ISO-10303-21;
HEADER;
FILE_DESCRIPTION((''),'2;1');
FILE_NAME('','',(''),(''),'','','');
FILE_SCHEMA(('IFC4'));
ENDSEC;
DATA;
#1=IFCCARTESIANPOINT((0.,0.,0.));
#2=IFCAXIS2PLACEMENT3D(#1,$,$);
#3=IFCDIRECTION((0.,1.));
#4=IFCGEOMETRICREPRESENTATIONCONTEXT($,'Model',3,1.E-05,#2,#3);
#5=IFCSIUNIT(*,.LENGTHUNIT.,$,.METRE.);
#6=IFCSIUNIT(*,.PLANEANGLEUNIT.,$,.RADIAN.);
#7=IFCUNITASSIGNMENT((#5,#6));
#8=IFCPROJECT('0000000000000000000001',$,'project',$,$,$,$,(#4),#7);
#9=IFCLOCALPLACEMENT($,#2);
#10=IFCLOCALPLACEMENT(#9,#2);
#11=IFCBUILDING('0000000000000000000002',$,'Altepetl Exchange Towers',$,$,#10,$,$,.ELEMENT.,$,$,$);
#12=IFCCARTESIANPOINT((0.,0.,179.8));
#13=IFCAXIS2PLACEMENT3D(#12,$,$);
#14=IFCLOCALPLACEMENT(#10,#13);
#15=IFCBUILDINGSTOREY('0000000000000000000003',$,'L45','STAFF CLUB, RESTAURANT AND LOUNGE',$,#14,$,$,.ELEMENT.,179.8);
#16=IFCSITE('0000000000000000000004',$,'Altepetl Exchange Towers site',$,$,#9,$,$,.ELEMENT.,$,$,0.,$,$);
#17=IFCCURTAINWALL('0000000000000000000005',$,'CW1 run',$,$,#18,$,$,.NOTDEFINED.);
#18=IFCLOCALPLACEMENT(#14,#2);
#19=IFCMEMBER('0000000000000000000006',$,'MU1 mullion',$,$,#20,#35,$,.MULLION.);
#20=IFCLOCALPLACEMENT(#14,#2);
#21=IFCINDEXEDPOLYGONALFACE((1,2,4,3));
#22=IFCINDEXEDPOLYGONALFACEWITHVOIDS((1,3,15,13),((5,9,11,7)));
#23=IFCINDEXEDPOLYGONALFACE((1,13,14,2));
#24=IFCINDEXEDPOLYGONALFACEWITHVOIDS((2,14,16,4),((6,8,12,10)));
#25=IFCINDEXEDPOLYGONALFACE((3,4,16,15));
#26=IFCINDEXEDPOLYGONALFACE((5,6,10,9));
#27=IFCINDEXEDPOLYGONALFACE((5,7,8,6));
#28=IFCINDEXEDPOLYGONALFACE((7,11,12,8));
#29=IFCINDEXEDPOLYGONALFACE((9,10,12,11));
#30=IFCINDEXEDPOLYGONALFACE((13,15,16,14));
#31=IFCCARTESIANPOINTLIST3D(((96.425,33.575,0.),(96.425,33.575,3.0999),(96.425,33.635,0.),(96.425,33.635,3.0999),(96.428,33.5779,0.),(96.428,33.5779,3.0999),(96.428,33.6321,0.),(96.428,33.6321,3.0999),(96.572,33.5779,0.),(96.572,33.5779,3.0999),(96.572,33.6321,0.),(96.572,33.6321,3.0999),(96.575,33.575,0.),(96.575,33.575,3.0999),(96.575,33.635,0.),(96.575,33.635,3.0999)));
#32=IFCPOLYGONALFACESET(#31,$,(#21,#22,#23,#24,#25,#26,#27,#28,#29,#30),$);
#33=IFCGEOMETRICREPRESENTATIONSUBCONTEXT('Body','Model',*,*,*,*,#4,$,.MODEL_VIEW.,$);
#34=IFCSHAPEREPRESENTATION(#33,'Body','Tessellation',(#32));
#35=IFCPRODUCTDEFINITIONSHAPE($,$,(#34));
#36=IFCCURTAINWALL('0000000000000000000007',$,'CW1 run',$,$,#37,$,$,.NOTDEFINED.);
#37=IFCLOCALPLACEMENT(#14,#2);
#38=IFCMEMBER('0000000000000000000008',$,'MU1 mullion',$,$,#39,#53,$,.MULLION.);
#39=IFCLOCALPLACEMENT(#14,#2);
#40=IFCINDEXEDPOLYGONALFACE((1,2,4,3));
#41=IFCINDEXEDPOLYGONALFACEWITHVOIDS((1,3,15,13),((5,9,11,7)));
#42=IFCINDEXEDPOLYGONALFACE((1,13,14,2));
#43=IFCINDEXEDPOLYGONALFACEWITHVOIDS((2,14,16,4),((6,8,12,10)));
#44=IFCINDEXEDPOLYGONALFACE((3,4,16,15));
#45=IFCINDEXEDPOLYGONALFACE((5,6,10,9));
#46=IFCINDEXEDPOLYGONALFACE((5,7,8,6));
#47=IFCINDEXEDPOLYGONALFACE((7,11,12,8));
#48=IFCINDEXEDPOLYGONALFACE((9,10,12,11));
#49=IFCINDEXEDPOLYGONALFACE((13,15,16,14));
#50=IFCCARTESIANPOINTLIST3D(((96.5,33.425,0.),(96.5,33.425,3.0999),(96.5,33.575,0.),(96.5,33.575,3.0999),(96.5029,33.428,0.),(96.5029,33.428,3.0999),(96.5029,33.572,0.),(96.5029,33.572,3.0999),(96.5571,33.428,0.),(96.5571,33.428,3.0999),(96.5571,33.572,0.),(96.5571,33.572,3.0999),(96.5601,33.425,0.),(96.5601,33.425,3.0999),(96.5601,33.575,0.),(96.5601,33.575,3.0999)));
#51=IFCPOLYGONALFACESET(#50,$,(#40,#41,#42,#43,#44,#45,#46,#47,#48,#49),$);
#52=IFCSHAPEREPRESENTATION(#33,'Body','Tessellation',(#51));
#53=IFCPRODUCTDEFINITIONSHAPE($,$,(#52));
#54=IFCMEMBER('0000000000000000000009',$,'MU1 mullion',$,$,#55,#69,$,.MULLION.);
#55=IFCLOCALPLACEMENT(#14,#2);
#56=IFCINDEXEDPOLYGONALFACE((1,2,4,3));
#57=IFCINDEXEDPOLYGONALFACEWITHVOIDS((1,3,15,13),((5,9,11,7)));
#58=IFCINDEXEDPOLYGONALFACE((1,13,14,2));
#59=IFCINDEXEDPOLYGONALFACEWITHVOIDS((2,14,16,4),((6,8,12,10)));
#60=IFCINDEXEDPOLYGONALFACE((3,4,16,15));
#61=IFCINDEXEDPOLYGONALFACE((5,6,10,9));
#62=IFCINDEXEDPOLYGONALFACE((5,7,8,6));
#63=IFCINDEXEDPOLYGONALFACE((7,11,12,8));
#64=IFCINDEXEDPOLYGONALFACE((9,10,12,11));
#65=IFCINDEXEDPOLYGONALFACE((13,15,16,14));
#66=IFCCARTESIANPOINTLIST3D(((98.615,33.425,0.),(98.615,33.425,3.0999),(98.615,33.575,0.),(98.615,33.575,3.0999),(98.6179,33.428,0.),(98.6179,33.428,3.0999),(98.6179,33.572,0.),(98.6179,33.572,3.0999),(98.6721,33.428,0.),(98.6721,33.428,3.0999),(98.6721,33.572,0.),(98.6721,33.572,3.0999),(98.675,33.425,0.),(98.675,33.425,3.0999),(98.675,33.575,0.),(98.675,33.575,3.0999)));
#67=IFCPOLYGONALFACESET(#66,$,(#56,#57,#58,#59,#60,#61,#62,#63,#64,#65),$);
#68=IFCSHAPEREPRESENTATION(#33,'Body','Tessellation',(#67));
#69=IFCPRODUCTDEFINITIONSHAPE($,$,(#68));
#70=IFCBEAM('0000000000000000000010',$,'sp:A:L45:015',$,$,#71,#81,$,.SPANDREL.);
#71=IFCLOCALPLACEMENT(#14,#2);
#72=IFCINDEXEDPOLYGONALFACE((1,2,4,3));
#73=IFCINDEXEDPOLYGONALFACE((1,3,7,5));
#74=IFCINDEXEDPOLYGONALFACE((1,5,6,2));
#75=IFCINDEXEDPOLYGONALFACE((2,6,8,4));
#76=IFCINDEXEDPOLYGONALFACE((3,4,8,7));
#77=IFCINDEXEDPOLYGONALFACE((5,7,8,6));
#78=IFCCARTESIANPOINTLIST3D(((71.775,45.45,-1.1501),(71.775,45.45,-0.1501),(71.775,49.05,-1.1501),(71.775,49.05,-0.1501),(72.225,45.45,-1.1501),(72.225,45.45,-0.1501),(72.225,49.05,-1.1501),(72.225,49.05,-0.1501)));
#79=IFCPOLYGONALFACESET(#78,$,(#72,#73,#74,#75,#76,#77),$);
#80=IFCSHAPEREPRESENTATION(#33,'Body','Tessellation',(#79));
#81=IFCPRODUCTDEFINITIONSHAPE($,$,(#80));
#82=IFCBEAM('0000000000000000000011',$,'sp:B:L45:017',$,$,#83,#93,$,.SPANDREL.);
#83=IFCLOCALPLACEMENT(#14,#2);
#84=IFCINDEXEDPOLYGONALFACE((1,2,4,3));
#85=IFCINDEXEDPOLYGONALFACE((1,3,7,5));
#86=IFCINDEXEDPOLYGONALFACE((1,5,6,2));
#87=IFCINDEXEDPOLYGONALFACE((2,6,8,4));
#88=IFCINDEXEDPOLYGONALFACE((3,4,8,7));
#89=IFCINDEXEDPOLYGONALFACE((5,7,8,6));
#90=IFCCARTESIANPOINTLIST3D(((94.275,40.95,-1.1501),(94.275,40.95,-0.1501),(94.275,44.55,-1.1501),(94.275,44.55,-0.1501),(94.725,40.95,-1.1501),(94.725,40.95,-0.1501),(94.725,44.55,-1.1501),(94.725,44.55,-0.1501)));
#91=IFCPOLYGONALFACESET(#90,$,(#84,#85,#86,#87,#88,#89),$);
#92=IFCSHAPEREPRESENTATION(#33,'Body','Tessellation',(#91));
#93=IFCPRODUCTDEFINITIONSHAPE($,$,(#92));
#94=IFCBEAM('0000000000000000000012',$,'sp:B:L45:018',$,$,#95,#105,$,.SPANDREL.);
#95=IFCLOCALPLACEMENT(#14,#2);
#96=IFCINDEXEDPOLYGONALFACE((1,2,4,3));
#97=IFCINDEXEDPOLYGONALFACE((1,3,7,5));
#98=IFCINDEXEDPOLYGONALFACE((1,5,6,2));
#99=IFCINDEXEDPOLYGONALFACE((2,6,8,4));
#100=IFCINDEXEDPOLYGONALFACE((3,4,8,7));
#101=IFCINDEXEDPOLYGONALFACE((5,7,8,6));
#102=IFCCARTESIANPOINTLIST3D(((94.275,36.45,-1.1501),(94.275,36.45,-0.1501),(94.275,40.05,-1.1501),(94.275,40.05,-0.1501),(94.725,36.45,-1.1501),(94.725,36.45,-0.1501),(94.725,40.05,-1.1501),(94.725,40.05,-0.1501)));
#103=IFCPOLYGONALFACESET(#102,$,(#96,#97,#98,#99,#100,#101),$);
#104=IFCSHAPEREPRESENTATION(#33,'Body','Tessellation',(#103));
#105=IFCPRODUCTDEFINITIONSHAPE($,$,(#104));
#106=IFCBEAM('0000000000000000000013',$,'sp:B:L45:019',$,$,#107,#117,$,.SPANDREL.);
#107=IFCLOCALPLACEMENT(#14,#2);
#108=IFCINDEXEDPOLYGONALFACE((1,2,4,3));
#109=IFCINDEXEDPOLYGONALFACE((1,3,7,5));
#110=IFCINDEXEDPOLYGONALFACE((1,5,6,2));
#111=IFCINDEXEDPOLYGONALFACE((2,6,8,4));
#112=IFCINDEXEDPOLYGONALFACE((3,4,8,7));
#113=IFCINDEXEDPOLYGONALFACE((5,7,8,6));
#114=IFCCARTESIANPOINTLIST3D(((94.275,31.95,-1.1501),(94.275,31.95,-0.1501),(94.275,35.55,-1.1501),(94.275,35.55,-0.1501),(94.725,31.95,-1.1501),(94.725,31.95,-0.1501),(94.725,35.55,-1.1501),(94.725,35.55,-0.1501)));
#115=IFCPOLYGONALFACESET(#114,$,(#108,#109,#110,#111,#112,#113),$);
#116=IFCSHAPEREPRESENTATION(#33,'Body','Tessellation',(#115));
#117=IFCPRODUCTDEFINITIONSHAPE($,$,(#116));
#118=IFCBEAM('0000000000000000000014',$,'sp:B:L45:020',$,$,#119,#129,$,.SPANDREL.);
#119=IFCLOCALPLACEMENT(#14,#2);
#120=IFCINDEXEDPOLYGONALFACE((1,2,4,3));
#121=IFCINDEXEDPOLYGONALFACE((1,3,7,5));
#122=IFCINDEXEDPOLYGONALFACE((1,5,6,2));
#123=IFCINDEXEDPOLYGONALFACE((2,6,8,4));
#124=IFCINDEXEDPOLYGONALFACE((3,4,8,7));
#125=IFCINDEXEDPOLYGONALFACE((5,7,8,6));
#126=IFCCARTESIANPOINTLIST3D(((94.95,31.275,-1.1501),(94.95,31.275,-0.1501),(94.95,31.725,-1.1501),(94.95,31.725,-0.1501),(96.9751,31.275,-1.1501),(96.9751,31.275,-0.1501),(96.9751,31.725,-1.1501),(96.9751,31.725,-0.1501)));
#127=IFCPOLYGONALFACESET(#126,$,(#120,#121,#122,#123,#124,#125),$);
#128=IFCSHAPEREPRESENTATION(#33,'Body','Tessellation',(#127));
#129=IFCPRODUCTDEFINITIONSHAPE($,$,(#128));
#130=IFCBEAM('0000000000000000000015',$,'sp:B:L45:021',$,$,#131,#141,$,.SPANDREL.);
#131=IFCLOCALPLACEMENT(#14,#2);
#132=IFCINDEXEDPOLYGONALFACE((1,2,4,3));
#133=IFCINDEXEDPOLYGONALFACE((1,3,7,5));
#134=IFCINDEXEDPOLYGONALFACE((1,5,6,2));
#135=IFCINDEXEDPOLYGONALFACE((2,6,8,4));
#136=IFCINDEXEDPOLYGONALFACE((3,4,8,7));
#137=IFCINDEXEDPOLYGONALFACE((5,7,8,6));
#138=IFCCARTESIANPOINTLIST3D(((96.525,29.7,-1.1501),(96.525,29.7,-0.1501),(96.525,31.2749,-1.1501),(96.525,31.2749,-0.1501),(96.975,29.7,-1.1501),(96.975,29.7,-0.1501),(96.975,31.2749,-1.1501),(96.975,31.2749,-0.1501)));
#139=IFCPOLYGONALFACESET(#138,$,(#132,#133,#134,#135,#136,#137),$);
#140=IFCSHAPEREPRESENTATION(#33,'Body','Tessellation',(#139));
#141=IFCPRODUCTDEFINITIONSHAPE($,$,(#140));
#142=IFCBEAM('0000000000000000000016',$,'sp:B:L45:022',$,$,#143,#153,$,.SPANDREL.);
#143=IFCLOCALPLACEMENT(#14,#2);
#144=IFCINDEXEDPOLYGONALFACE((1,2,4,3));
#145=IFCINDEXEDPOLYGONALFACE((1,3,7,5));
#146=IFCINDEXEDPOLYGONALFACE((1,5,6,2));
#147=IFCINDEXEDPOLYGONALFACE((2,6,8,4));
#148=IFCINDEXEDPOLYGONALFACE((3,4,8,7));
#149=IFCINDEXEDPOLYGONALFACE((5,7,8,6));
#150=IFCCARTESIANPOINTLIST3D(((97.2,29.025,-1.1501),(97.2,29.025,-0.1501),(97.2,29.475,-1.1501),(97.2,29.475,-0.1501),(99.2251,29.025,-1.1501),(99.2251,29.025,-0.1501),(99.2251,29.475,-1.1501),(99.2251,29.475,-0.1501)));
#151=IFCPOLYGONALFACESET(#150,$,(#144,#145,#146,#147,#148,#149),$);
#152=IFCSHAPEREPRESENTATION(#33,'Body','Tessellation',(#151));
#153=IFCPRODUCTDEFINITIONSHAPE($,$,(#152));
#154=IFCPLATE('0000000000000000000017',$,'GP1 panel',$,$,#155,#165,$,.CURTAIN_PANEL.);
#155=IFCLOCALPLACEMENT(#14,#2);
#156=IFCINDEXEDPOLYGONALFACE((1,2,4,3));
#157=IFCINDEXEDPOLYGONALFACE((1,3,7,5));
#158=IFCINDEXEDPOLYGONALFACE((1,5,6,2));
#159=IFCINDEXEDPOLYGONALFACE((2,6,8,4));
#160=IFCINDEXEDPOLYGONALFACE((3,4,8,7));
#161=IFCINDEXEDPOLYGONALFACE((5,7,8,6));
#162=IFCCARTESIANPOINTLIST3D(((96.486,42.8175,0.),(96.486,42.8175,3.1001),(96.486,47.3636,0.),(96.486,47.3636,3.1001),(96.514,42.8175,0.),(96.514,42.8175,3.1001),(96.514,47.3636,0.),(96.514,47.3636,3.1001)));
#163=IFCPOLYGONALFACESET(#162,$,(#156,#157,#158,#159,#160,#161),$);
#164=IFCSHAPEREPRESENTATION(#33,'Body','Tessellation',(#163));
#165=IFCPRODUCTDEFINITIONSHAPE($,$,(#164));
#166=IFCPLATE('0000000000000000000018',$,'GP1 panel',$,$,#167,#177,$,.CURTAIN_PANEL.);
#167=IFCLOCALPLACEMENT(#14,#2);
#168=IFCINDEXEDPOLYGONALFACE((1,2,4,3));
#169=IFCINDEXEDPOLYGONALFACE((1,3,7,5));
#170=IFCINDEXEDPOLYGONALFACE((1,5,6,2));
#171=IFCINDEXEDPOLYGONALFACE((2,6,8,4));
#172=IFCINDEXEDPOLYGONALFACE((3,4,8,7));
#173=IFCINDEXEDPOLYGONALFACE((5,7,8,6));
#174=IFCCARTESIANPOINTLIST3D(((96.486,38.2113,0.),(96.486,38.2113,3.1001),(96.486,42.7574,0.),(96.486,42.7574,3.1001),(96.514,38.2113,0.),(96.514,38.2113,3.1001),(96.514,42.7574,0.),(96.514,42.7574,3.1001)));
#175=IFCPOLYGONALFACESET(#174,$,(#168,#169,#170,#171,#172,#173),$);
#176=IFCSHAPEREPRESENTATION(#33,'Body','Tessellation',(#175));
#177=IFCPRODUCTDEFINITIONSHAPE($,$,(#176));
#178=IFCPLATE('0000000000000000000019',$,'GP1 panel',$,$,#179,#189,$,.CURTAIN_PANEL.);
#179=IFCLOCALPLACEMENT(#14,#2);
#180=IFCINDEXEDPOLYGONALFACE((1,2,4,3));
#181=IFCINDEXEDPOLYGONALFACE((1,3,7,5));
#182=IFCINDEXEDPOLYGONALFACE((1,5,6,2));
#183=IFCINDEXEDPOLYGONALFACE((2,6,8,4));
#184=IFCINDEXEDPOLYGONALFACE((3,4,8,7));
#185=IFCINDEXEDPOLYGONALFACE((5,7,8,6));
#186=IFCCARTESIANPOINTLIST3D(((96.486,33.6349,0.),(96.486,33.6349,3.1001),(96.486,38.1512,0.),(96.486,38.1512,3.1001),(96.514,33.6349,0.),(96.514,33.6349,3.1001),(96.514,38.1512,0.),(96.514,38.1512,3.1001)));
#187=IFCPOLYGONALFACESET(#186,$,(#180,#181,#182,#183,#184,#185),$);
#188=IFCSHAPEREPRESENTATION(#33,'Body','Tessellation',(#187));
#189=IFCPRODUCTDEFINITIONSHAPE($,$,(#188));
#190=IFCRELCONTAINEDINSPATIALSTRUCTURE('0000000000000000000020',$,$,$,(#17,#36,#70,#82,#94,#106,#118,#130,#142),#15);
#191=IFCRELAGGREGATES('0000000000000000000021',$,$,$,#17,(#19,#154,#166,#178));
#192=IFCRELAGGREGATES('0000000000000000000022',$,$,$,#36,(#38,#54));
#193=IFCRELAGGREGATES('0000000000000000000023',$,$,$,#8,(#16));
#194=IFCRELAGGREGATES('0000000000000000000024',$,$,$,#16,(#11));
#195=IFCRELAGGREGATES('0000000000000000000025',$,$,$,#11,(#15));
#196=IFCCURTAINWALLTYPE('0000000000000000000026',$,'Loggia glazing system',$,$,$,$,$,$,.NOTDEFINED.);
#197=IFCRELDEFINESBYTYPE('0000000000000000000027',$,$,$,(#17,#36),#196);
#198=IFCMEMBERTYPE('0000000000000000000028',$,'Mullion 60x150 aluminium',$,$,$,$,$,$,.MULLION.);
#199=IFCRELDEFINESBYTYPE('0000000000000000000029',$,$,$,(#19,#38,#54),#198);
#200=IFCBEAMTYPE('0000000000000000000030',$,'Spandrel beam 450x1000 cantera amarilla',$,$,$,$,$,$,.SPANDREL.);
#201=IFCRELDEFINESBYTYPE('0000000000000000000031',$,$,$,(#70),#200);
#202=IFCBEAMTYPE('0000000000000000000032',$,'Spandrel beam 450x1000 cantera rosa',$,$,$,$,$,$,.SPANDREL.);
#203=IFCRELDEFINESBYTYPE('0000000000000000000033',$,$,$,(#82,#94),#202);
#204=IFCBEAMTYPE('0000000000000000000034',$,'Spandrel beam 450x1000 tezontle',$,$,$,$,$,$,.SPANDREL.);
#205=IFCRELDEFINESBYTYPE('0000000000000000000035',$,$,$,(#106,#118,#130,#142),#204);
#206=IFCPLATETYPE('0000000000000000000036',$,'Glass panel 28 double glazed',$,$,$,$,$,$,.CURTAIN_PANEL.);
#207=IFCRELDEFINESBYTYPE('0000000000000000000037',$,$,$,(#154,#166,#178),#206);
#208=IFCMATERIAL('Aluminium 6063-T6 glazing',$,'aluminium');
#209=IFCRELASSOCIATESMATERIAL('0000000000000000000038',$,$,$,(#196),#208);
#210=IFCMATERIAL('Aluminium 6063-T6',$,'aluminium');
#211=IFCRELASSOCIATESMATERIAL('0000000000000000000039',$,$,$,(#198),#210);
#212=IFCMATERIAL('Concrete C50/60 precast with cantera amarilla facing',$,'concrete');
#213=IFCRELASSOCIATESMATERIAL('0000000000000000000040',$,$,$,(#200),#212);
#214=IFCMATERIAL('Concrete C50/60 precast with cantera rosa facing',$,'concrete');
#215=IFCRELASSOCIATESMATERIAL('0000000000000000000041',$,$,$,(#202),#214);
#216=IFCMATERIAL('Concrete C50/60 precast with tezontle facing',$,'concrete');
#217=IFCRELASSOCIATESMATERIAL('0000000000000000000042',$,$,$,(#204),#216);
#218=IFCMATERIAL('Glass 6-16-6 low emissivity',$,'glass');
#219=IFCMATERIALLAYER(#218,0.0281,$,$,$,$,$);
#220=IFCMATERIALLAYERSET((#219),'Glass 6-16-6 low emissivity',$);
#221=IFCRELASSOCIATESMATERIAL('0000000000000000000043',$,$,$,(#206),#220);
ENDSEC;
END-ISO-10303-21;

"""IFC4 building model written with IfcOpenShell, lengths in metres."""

from ifc_helpers import new_model, si_unit, direction, frame, origin, origin_2d, place, context, subcontext, project, spatial, rectangle, hollow_rectangle, extrude, material, layer, layer_set, material_profile, profile_set, type_object, element, aggregate, save


model = new_model("IFC4")

# Units and contexts
model_context = context("Model", 3, precision=1e-05, world=origin(), true_north=direction((0.0, 1.0)))
body_context = subcontext(model_context, "Body", "Model", "MODEL_VIEW")
ifc_project = project(units=[si_unit("LENGTHUNIT", "METRE"), si_unit("PLANEANGLEUNIT", "RADIAN")], contexts=[model_context])

# Site, building, storey
site_placement = place(None, origin())
site = spatial("IfcSite", under=ifc_project, at=site_placement, Name="Altepetl Exchange Towers site", CompositionType="ELEMENT", RefElevation=0.0)
building_placement = place(site_placement, origin())
building = spatial("IfcBuilding", under=site, at=building_placement, Name="Altepetl Exchange Towers", CompositionType="ELEMENT")
storey_placement = place(building_placement, frame((0.0, 0.0, 179.8)))
storey = spatial("IfcBuildingStorey", under=building, at=storey_placement, Name="L45", Description="STAFF CLUB, RESTAURANT AND LOUNGE", CompositionType="ELEMENT", Elevation=179.8)

# Curtain walls, members
ifc_material_1 = material(Name="Aluminium 6063-T6 glazing", Category="aluminium")
curtain_wall_type = type_object("IfcCurtainWallType", Name="Loggia glazing system", PredefinedType="NOTDEFINED", material=ifc_material_1)
curtain_wall_1_placement = place(storey_placement, origin())
curtain_wall_1 = element("IfcCurtainWall", 1, at=curtain_wall_1_placement, inside=storey, type_object=curtain_wall_type, Name="CW1 run", PredefinedType="NOTDEFINED")
ifc_material_2 = material(Name="Aluminium 6063-T6", Category="aluminium")
ifc_material_profile_1 = material_profile(ifc_material_2, hollow_rectangle(XDim=0.0601, YDim=0.1499, WallThickness=0.0029, at=origin_2d()), Name="Mullion 60x150 aluminium")
ifc_profile_set_1 = profile_set([ifc_material_profile_1], Name="Aluminium 6063-T6")
member_type = type_object("IfcMemberType", Name="Mullion 60x150 aluminium", PredefinedType="MULLION", material=ifc_profile_set_1)
member_1_placement = place(storey_placement, frame((96.5, 33.605, 0.0), z_axis=(0.0, 0.0, 1.0), x_axis=(0.0, -1.0, 0.0)))
member_1 = element("IfcMember", 2, at=member_1_placement, type_object=member_type, Name="MU1 mullion", PredefinedType="MULLION", context=body_context, shape_type="SweptSolid", body=[
    extrude(hollow_rectangle(XDim=0.0601, YDim=0.1499, WallThickness=0.0029, at=origin_2d()), origin(), (0.0, 0.0, 1.0), 3.0999),
])
curtain_wall_2_placement = place(storey_placement, origin())
curtain_wall_2 = element("IfcCurtainWall", 3, at=curtain_wall_2_placement, inside=storey, type_object=curtain_wall_type, Name="CW1 run", PredefinedType="NOTDEFINED")
member_2_placement = place(storey_placement, frame((96.53, 33.5, 0.0)))
member_2 = element("IfcMember", 4, at=member_2_placement, type_object=member_type, Name="MU1 mullion", PredefinedType="MULLION", context=body_context, shape_type="SweptSolid", body=[
    extrude(hollow_rectangle(XDim=0.0601, YDim=0.1499, WallThickness=0.0029, at=origin_2d()), origin(), (0.0, 0.0, 1.0), 3.0999),
])
member_3_placement = place(storey_placement, frame((98.645, 33.5, 0.0)))
member_3 = element("IfcMember", 5, at=member_3_placement, type_object=member_type, Name="MU1 mullion", PredefinedType="MULLION", context=body_context, shape_type="SweptSolid", body=[
    extrude(hollow_rectangle(XDim=0.0601, YDim=0.1499, WallThickness=0.0029, at=origin_2d()), origin(), (0.0, 0.0, 1.0), 3.0999),
])

# Beams
ifc_material_3 = material(Name="Concrete C50/60 precast with cantera amarilla facing", Category="concrete")
ifc_material_profile_2 = material_profile(ifc_material_3, rectangle(XDim=0.45, YDim=1.0, at=origin_2d()), Name="450 x 1000")
ifc_profile_set_2 = profile_set([ifc_material_profile_2], Name="Concrete C50/60 precast with cantera amarilla facing")
beam_type_1 = type_object("IfcBeamType", Name="Spandrel beam 450x1000 cantera amarilla", PredefinedType="SPANDREL", material=ifc_profile_set_2)
beam_1_placement = place(storey_placement, frame((72.0, 45.45, -0.6501), z_axis=(0.0, 1.0, 0.0), x_axis=(-1.0, 0.0, 0.0)))
element("IfcBeam", 6, at=beam_1_placement, inside=storey, type_object=beam_type_1, Name="sp:A:L45:015", PredefinedType="SPANDREL", context=body_context, shape_type="SweptSolid", body=[
    extrude(rectangle(XDim=0.45, YDim=1.0, at=origin_2d()), origin(), (0.0, 0.0, 1.0), 3.6001),
])
ifc_material_4 = material(Name="Concrete C50/60 precast with cantera rosa facing", Category="concrete")
ifc_material_profile_3 = material_profile(ifc_material_4, rectangle(XDim=0.45, YDim=1.0, at=origin_2d()), Name="450 x 1000")
ifc_profile_set_3 = profile_set([ifc_material_profile_3], Name="Concrete C50/60 precast with cantera rosa facing")
beam_type_2 = type_object("IfcBeamType", Name="Spandrel beam 450x1000 cantera rosa", PredefinedType="SPANDREL", material=ifc_profile_set_3)
for number, where, z_axis, x_axis, name in (
    (7, (94.5, 44.55, -0.6501), (0.0, -1.0, 0.0), (1.0, 0.0, 0.0), "sp:B:L45:017"),
    (8, (94.5, 40.05, -0.6501), (0.0, -1.0, 0.0), (1.0, 0.0, 0.0), "sp:B:L45:018"),
):
    element("IfcBeam", number, at=place(storey_placement, frame(where, z_axis=z_axis, x_axis=x_axis)), inside=storey, type_object=beam_type_2, Name=name, PredefinedType="SPANDREL", context=body_context, shape_type="SweptSolid", body=[
        extrude(rectangle(XDim=0.45, YDim=1.0, at=origin_2d()), origin(), (0.0, 0.0, 1.0), 3.6001),
    ])
ifc_material_5 = material(Name="Concrete C50/60 precast with tezontle facing", Category="concrete")
ifc_material_profile_4 = material_profile(ifc_material_5, rectangle(XDim=0.45, YDim=1.0, at=origin_2d()), Name="450 x 1000")
ifc_profile_set_4 = profile_set([ifc_material_profile_4], Name="Concrete C50/60 precast with tezontle facing")
beam_type_3 = type_object("IfcBeamType", Name="Spandrel beam 450x1000 tezontle", PredefinedType="SPANDREL", material=ifc_profile_set_4)
beam_2_placement = place(storey_placement, frame((94.5, 35.55, -0.6501), z_axis=(0.0, -1.0, 0.0), x_axis=(1.0, 0.0, 0.0)))
element("IfcBeam", 9, at=beam_2_placement, inside=storey, type_object=beam_type_3, Name="sp:B:L45:019", PredefinedType="SPANDREL", context=body_context, shape_type="SweptSolid", body=[
    extrude(rectangle(XDim=0.45, YDim=1.0, at=origin_2d()), origin(), (0.0, 0.0, 1.0), 3.6001),
])
beam_3_placement = place(storey_placement, frame((94.95, 31.5, -0.6501), z_axis=(1.0, 0.0, 0.0), x_axis=(0.0, 1.0, 0.0)))
element("IfcBeam", 10, at=beam_3_placement, inside=storey, type_object=beam_type_3, Name="sp:B:L45:020", PredefinedType="SPANDREL", context=body_context, shape_type="SweptSolid", body=[
    extrude(rectangle(XDim=0.45, YDim=1.0, at=origin_2d()), origin(), (0.0, 0.0, 1.0), 2.0251),
])
beam_4_placement = place(storey_placement, frame((96.75, 31.2749, -0.6501), z_axis=(0.0, -1.0, 0.0), x_axis=(1.0, 0.0, 0.0)))
element("IfcBeam", 11, at=beam_4_placement, inside=storey, type_object=beam_type_3, Name="sp:B:L45:021", PredefinedType="SPANDREL", context=body_context, shape_type="SweptSolid", body=[
    extrude(rectangle(XDim=0.45, YDim=1.0, at=origin_2d()), origin(), (0.0, 0.0, 1.0), 1.575),
])
beam_5_placement = place(storey_placement, frame((97.2, 29.25, -0.6501), z_axis=(1.0, 0.0, 0.0), x_axis=(0.0, 1.0, 0.0)))
element("IfcBeam", 12, at=beam_5_placement, inside=storey, type_object=beam_type_3, Name="sp:B:L45:022", PredefinedType="SPANDREL", context=body_context, shape_type="SweptSolid", body=[
    extrude(rectangle(XDim=0.45, YDim=1.0, at=origin_2d()), origin(), (0.0, 0.0, 1.0), 2.0251),
])

# Plates
ifc_material_6 = material(Name="Glass 6-16-6 low emissivity", Category="glass")
ifc_layer_1 = layer(ifc_material_6, 0.0281)
ifc_layer_set_1 = layer_set([ifc_layer_1], Name="Glass 6-16-6 low emissivity")
plate_type = type_object("IfcPlateType", Name="Glass panel 28 double glazed", PredefinedType="CURTAIN_PANEL", material=ifc_layer_set_1)
plate_1_placement = place(storey_placement, frame((96.5, 45.0906, 0.0), z_axis=(0.0, 0.0, 1.0), x_axis=(0.0, -1.0, 0.0)))
plate_1 = element("IfcPlate", 13, at=plate_1_placement, type_object=plate_type, Name="GP1 panel", PredefinedType="CURTAIN_PANEL", context=body_context, shape_type="SweptSolid", body=[
    extrude(rectangle(XDim=4.5461, YDim=0.0281, at=origin_2d()), origin(), (0.0, 0.0, 1.0), 3.1001),
])
plate_2_placement = place(storey_placement, frame((96.5, 40.4844, 0.0), z_axis=(0.0, 0.0, 1.0), x_axis=(0.0, -1.0, 0.0)))
plate_2 = element("IfcPlate", 14, at=plate_2_placement, type_object=plate_type, Name="GP1 panel", PredefinedType="CURTAIN_PANEL", context=body_context, shape_type="SweptSolid", body=[
    extrude(rectangle(XDim=4.5461, YDim=0.0281, at=origin_2d()), origin(), (0.0, 0.0, 1.0), 3.1001),
])
plate_3_placement = place(storey_placement, frame((96.5, 35.8931, 0.0), z_axis=(0.0, 0.0, 1.0), x_axis=(0.0, -1.0, 0.0)))
plate_3 = element("IfcPlate", 15, at=plate_3_placement, type_object=plate_type, Name="GP1 panel", PredefinedType="CURTAIN_PANEL", context=body_context, shape_type="SweptSolid", body=[
    extrude(rectangle(XDim=4.5164, YDim=0.0281, at=origin_2d()), origin(), (0.0, 0.0, 1.0), 3.1001),
])
aggregate(curtain_wall_1, [member_1, plate_1, plate_2, plate_3])
aggregate(curtain_wall_2, [member_2, member_3])

save(model, "model.ifc")
